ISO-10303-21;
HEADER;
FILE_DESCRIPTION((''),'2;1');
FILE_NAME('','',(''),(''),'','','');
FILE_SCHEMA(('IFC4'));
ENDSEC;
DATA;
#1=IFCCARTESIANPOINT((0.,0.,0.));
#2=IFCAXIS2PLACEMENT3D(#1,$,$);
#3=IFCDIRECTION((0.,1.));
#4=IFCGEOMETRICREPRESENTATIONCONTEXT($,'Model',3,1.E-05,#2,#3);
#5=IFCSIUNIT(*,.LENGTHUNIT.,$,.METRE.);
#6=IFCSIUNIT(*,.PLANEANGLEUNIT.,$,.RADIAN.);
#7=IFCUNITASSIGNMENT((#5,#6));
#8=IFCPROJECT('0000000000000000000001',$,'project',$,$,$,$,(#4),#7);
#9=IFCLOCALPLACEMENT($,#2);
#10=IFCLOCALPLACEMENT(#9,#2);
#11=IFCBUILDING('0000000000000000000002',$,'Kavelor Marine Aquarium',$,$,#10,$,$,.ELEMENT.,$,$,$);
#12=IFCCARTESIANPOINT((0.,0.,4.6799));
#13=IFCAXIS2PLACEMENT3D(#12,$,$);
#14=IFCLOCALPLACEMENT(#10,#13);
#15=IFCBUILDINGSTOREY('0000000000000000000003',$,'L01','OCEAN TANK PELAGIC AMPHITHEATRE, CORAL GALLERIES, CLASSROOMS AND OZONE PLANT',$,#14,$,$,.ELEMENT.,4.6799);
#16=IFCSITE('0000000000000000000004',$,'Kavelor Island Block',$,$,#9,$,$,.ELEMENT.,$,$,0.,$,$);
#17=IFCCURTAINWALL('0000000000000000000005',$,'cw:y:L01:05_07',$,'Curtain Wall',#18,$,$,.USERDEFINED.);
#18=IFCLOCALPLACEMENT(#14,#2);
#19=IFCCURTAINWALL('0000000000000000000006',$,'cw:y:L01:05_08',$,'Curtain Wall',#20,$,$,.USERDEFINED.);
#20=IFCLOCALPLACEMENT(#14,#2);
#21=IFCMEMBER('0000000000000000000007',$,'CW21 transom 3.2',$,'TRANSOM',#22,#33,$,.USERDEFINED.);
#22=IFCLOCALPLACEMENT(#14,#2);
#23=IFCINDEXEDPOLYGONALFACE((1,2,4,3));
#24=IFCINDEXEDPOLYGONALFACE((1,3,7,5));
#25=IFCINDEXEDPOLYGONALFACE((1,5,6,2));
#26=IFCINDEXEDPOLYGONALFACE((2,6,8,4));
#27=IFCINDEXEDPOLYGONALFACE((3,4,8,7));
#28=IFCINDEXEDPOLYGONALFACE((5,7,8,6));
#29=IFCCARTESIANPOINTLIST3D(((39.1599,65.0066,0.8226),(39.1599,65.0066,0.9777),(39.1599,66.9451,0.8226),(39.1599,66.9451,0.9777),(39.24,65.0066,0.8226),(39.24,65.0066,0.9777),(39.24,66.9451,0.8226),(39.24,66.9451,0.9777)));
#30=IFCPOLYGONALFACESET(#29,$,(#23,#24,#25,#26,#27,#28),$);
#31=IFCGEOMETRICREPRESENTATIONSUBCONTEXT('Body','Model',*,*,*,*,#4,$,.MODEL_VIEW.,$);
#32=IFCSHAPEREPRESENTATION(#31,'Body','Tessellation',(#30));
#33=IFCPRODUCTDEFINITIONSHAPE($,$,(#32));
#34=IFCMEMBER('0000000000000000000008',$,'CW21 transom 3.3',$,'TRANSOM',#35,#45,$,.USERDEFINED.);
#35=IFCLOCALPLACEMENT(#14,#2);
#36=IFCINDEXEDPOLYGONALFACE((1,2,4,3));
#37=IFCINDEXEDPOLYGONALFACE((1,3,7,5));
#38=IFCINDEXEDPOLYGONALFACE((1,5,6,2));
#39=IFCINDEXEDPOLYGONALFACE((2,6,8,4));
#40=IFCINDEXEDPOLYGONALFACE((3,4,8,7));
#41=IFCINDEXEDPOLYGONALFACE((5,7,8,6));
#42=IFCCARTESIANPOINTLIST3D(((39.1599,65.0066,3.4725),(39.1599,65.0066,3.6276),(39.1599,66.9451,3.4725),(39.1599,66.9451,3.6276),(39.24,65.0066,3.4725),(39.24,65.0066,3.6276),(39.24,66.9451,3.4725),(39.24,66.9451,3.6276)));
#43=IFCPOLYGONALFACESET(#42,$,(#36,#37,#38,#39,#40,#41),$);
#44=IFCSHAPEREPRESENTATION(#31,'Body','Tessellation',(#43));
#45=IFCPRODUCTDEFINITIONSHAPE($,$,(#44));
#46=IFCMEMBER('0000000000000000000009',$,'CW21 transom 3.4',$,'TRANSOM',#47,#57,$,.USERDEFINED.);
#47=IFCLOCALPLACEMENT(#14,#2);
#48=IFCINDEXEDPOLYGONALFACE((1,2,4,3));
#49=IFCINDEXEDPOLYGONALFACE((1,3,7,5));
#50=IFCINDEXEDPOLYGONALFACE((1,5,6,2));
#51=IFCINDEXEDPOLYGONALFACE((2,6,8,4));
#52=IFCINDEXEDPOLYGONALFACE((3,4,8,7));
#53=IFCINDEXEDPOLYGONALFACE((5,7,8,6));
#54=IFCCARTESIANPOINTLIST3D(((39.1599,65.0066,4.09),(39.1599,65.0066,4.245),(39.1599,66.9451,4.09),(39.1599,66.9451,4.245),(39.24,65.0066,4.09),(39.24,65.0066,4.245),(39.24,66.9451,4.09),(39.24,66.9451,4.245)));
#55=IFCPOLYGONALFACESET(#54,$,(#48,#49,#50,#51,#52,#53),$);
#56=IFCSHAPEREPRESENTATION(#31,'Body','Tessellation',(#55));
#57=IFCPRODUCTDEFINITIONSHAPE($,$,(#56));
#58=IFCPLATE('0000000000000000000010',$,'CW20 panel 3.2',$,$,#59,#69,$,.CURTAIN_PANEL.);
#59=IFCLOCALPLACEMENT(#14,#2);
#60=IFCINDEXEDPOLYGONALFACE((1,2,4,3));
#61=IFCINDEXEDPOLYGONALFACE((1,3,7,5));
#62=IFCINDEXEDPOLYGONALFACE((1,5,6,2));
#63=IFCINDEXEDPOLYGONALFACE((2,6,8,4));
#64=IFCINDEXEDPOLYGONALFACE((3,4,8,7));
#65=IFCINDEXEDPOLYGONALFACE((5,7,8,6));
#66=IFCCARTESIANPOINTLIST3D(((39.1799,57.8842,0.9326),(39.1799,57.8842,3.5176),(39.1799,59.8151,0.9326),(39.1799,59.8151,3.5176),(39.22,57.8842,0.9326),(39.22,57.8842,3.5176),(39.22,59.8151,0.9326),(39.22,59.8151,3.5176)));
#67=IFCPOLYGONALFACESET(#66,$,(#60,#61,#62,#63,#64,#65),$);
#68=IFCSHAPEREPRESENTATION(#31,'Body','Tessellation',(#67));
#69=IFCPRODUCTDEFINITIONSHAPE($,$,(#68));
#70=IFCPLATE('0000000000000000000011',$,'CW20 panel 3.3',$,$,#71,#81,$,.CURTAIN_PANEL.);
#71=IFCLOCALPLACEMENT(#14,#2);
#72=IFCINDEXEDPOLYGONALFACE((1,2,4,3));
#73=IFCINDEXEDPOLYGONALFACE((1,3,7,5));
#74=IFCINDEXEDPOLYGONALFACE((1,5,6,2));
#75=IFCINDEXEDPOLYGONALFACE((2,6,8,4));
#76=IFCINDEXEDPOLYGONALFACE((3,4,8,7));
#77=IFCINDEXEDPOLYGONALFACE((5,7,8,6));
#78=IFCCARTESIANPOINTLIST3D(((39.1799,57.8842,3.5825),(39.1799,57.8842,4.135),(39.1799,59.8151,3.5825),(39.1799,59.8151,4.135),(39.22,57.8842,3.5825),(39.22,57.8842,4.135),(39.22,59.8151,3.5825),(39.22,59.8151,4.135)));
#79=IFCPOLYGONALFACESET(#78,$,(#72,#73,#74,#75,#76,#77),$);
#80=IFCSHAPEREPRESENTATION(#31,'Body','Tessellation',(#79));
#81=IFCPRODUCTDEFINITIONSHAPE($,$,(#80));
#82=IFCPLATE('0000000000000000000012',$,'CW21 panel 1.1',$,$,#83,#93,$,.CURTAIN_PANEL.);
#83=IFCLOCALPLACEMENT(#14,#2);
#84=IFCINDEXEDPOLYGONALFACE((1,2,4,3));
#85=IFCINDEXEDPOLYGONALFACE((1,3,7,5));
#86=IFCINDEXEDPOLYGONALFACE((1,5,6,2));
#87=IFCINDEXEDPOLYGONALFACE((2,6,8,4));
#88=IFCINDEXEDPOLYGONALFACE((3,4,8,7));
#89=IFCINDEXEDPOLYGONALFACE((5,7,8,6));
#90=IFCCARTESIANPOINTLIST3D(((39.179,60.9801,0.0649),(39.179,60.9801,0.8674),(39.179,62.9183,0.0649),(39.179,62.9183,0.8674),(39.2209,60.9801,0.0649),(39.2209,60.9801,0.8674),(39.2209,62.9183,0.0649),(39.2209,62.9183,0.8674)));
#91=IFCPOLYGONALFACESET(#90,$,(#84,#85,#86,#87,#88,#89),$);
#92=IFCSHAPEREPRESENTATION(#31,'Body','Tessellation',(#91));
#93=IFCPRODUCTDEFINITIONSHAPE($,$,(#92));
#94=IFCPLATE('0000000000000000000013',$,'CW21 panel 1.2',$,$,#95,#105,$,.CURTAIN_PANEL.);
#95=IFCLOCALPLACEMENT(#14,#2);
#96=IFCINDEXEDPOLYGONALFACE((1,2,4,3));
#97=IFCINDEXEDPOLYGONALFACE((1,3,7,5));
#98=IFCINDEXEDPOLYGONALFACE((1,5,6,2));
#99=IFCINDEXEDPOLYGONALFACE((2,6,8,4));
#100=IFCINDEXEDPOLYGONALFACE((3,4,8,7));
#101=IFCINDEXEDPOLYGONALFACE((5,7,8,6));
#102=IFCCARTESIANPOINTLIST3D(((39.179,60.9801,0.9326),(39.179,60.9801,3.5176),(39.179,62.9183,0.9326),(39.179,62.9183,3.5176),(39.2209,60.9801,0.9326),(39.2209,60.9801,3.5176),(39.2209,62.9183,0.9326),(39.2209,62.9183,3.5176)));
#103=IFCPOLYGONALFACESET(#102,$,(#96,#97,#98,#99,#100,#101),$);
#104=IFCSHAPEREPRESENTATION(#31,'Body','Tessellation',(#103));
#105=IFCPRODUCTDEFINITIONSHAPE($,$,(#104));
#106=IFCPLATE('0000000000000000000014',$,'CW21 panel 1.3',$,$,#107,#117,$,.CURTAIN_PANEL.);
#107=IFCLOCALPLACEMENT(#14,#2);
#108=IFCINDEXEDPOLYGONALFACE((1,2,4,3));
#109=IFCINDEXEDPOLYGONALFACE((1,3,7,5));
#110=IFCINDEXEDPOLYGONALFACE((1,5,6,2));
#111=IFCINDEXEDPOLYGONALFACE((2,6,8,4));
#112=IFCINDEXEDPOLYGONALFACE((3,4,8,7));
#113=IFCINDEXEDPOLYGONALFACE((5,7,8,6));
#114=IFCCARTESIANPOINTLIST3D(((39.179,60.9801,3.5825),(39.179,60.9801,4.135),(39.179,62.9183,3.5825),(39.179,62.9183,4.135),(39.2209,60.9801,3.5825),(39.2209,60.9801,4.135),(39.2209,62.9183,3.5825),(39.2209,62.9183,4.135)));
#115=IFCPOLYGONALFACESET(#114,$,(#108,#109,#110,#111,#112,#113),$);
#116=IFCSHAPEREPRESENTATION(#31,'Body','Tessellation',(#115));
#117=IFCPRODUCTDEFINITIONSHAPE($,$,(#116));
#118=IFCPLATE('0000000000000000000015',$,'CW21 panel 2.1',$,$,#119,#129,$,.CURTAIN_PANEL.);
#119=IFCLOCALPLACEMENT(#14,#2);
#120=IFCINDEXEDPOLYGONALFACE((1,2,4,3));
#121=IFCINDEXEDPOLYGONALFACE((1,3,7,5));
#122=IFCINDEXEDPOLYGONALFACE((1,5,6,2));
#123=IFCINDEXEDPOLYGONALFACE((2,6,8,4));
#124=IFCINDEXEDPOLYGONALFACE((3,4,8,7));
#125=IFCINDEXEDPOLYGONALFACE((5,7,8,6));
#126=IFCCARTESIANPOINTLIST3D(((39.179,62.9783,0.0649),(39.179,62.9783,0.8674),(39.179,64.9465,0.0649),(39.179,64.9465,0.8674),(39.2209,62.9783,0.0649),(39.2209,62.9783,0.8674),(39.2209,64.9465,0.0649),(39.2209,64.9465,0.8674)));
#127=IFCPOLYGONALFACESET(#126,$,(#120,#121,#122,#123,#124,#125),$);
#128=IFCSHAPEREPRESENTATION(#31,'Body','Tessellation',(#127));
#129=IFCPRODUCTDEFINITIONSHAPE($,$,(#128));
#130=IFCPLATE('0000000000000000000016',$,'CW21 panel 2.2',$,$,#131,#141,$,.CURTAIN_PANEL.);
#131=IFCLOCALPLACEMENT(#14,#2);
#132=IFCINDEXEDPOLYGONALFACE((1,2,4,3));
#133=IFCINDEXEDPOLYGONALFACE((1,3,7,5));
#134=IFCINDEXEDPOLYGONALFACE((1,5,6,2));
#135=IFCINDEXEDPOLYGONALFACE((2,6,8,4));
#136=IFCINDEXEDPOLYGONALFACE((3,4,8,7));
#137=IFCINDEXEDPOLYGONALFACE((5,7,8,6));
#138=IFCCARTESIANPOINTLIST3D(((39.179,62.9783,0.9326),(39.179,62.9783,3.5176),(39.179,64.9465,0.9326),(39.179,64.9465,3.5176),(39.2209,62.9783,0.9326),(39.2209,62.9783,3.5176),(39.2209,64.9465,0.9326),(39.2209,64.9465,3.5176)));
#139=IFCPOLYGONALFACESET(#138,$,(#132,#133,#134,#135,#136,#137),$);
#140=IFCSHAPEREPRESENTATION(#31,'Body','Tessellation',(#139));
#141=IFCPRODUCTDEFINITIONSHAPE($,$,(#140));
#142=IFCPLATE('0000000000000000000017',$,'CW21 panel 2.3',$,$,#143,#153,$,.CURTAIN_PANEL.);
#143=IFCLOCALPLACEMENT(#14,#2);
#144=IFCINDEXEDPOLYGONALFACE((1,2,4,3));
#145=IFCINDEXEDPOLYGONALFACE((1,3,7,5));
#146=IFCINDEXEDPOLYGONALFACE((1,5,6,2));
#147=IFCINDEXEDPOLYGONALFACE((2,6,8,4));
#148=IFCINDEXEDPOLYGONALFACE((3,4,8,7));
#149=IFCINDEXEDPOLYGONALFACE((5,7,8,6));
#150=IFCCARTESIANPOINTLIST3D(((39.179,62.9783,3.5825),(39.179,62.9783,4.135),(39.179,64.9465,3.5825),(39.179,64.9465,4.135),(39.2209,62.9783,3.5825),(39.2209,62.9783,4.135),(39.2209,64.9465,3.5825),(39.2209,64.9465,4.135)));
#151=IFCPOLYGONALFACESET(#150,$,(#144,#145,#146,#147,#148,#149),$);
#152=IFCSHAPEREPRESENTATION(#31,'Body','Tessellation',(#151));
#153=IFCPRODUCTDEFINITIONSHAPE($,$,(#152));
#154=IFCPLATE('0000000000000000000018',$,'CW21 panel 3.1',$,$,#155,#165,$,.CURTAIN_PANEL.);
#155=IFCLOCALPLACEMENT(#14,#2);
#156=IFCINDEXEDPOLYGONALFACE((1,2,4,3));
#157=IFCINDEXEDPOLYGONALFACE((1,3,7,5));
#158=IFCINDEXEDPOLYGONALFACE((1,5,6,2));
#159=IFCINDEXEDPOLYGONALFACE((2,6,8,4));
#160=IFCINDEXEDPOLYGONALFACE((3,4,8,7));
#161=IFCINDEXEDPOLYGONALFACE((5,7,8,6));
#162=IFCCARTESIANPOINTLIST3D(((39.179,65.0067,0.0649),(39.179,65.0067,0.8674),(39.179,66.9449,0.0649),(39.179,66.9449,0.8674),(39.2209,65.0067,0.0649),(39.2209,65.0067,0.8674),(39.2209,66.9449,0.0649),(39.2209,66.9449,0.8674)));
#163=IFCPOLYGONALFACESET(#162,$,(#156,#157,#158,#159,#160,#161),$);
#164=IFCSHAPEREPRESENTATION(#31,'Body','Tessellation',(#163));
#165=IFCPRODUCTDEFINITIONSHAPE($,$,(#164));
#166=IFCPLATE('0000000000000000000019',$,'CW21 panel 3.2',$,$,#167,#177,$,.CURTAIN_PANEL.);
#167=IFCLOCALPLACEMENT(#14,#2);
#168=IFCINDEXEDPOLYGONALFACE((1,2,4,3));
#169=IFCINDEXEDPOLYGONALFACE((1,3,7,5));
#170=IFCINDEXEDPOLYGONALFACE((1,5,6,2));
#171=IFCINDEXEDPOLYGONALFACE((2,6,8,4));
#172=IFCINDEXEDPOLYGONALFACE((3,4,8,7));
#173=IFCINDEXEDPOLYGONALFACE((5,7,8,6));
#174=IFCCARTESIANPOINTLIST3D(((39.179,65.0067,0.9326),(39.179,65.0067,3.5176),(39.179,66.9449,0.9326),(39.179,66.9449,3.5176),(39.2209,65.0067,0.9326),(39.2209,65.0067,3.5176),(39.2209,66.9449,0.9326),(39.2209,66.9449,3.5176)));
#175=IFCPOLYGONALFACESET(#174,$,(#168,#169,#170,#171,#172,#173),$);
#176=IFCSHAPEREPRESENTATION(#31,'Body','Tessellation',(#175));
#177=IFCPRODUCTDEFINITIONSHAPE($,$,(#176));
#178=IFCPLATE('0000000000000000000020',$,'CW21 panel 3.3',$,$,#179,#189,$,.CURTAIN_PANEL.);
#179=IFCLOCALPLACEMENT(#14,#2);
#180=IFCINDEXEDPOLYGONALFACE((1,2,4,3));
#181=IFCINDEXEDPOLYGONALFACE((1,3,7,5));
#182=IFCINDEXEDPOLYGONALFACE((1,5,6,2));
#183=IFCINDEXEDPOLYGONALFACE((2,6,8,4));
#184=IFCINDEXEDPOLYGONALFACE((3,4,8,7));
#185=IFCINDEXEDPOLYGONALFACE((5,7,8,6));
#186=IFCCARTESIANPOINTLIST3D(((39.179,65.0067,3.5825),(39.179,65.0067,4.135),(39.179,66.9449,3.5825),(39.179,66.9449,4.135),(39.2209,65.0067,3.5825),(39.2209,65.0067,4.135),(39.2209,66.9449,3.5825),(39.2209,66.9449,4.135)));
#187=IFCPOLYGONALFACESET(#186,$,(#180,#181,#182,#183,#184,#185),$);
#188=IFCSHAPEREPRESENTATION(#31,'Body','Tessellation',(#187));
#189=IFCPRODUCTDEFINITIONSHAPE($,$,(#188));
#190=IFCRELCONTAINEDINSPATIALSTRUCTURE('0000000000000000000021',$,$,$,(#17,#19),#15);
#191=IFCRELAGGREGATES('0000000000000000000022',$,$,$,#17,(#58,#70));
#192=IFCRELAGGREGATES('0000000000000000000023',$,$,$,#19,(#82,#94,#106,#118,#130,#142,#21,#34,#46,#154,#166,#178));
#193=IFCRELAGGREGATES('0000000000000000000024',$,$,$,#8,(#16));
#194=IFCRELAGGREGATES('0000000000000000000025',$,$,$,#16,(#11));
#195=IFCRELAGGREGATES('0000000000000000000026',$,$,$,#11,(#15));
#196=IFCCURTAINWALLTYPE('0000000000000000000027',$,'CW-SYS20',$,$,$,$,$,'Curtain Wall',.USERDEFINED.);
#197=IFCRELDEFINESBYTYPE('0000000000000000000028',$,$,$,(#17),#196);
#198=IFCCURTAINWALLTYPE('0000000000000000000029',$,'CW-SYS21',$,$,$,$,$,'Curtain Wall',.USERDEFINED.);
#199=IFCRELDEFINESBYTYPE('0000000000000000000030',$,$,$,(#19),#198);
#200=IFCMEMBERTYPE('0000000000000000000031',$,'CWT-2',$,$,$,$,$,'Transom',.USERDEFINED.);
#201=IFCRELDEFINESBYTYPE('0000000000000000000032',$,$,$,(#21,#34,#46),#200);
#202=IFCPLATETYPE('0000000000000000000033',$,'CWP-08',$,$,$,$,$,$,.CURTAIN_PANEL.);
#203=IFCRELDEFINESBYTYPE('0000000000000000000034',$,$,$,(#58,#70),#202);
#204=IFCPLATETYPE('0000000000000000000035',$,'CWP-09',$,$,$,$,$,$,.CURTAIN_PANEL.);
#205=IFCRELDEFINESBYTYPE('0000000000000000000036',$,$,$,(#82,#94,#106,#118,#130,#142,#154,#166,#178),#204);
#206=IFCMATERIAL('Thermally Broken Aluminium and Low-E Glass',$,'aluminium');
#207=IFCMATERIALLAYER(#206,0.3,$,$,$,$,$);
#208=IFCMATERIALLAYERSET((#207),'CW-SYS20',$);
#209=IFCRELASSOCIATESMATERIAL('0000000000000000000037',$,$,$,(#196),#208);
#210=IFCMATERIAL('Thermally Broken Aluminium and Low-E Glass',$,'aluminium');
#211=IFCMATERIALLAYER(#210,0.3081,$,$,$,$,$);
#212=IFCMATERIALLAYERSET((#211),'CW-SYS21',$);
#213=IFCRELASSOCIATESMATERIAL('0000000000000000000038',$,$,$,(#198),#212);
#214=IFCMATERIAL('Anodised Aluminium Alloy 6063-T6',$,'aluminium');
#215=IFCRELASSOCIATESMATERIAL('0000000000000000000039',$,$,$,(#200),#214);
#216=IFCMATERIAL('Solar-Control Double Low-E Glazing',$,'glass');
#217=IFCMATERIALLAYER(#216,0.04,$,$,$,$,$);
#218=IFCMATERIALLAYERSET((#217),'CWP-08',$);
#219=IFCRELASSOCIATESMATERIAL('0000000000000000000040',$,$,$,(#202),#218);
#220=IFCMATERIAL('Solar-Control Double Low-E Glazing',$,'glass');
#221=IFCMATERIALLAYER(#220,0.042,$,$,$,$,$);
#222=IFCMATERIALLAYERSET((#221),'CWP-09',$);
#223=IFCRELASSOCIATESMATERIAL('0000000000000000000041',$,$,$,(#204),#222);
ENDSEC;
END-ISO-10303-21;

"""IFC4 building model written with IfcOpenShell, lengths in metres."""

from ifc_helpers import new_model, si_unit, direction, frame, origin, origin_2d, place, context, subcontext, project, spatial, rectangle, extrude, material, layer, layer_set, material_profile, profile_set, type_object, element, aggregate, save


model = new_model("IFC4")

# Units and contexts
model_context = context("Model", 3, precision=1e-05, world=origin(), true_north=direction((0.0, 1.0)))
body_context = subcontext(model_context, "Body", "Model", "MODEL_VIEW")
ifc_project = project(units=[si_unit("LENGTHUNIT", "METRE"), si_unit("PLANEANGLEUNIT", "RADIAN")], contexts=[model_context])

# Site, building, storey
site_placement = place(None, origin())
site = spatial("IfcSite", under=ifc_project, at=site_placement, Name="Kavelor Island Block", CompositionType="ELEMENT", RefElevation=0.0)
building_placement = place(site_placement, origin())
building = spatial("IfcBuilding", under=site, at=building_placement, Name="Kavelor Marine Aquarium", CompositionType="ELEMENT")
storey_placement = place(building_placement, frame((0.0, 0.0, 4.6799)))
storey = spatial("IfcBuildingStorey", under=building, at=storey_placement, Name="L01", Description="OCEAN TANK PELAGIC AMPHITHEATRE, CORAL GALLERIES, CLASSROOMS AND OZONE PLANT", CompositionType="ELEMENT", Elevation=4.6799)

# Curtain wall
ifc_material_1 = material(Name="Thermally Broken Aluminium and Low-E Glass", Category="aluminium")
ifc_layer_1 = layer(ifc_material_1, 0.3)
ifc_layer_set_1 = layer_set([ifc_layer_1], Name="CW-SYS20")
curtain_wall_type_1 = type_object("IfcCurtainWallType", Name="CW-SYS20", ElementType="Curtain Wall", PredefinedType="USERDEFINED", material=ifc_layer_set_1)
curtain_wall_1_placement = place(storey_placement, origin())
curtain_wall_1 = element("IfcCurtainWall", 1, at=curtain_wall_1_placement, inside=storey, type_object=curtain_wall_type_1, Name="cw:y:L01:05_07", ObjectType="Curtain Wall", PredefinedType="USERDEFINED")

# Curtain wall, members
ifc_material_2 = material(Name="Thermally Broken Aluminium and Low-E Glass", Category="aluminium")
ifc_layer_2 = layer(ifc_material_2, 0.3081)
ifc_layer_set_2 = layer_set([ifc_layer_2], Name="CW-SYS21")
curtain_wall_type_2 = type_object("IfcCurtainWallType", Name="CW-SYS21", ElementType="Curtain Wall", PredefinedType="USERDEFINED", material=ifc_layer_set_2)
curtain_wall_2_placement = place(storey_placement, origin())
curtain_wall_2 = element("IfcCurtainWall", 2, at=curtain_wall_2_placement, inside=storey, type_object=curtain_wall_type_2, Name="cw:y:L01:05_08", ObjectType="Curtain Wall", PredefinedType="USERDEFINED")
ifc_material_3 = material(Name="Anodised Aluminium Alloy 6063-T6", Category="aluminium")
ifc_material_profile_1 = material_profile(ifc_material_3, rectangle(XDim=0.0801, YDim=0.155, at=origin_2d()), Name="CW-TRN 80x155")
ifc_profile_set_1 = profile_set([ifc_material_profile_1], Name="Anodised Aluminium Alloy 6063-T6")
member_type_1 = type_object("IfcMemberType", Name="CWT-2", ElementType="Transom", PredefinedType="USERDEFINED", material=ifc_profile_set_1)
member_1_placement = place(storey_placement, frame((39.2, 65.0066, 0.9001), z_axis=(0.0, 1.0, 0.0), x_axis=(-1.0, 0.0, 0.0)))
member_1 = element("IfcMember", 3, at=member_1_placement, type_object=member_type_1, Name="CW21 transom 3.2", ObjectType="TRANSOM", PredefinedType="USERDEFINED", context=body_context, shape_type="SweptSolid", body=[
    extrude(rectangle(XDim=0.0801, YDim=0.155, at=origin_2d()), origin(), (0.0, 0.0, 1.0), 1.9385),
])
member_2_placement = place(storey_placement, frame((39.2, 65.0066, 3.55), z_axis=(0.0, 1.0, 0.0), x_axis=(-1.0, 0.0, 0.0)))
member_2 = element("IfcMember", 4, at=member_2_placement, type_object=member_type_1, Name="CW21 transom 3.3", ObjectType="TRANSOM", PredefinedType="USERDEFINED", context=body_context, shape_type="SweptSolid", body=[
    extrude(rectangle(XDim=0.0801, YDim=0.155, at=origin_2d()), origin(), (0.0, 0.0, 1.0), 1.9385),
])
member_3_placement = place(storey_placement, frame((39.2, 65.0066, 4.1675), z_axis=(0.0, 1.0, 0.0), x_axis=(-1.0, 0.0, 0.0)))
member_3 = element("IfcMember", 5, at=member_3_placement, type_object=member_type_1, Name="CW21 transom 3.4", ObjectType="TRANSOM", PredefinedType="USERDEFINED", context=body_context, shape_type="SweptSolid", body=[
    extrude(rectangle(XDim=0.0801, YDim=0.155, at=origin_2d()), origin(), (0.0, 0.0, 1.0), 1.9385),
])

# Plates
ifc_material_4 = material(Name="Solar-Control Double Low-E Glazing", Category="glass")
ifc_layer_3 = layer(ifc_material_4, 0.04)
ifc_layer_set_3 = layer_set([ifc_layer_3], Name="CWP-08")
plate_type_1 = type_object("IfcPlateType", Name="CWP-08", PredefinedType="CURTAIN_PANEL", material=ifc_layer_set_3)
plate_1_placement = place(storey_placement, frame((39.2, 58.8496, 0.9326), z_axis=(0.0, 0.0, 1.0), x_axis=(0.0, 1.0, 0.0)))
plate_1 = element("IfcPlate", 6, at=plate_1_placement, type_object=plate_type_1, Name="CW20 panel 3.2", PredefinedType="CURTAIN_PANEL", context=body_context, shape_type="SweptSolid", body=[
    extrude(rectangle(XDim=1.9309, YDim=0.04, at=origin_2d()), origin(), (0.0, 0.0, 1.0), 2.585),
])
plate_2_placement = place(storey_placement, frame((39.2, 58.8496, 3.5825), z_axis=(0.0, 0.0, 1.0), x_axis=(0.0, 1.0, 0.0)))
plate_2 = element("IfcPlate", 7, at=plate_2_placement, type_object=plate_type_1, Name="CW20 panel 3.3", PredefinedType="CURTAIN_PANEL", context=body_context, shape_type="SweptSolid", body=[
    extrude(rectangle(XDim=1.9309, YDim=0.04, at=origin_2d()), origin(), (0.0, 0.0, 1.0), 0.5525),
])
aggregate(curtain_wall_1, [plate_1, plate_2])
ifc_material_5 = material(Name="Solar-Control Double Low-E Glazing", Category="glass")
ifc_layer_4 = layer(ifc_material_5, 0.042)
ifc_layer_set_4 = layer_set([ifc_layer_4], Name="CWP-09")
plate_type_2 = type_object("IfcPlateType", Name="CWP-09", PredefinedType="CURTAIN_PANEL", material=ifc_layer_set_4)
plate_3_placement = place(storey_placement, frame((39.2, 61.9492, 0.0649), z_axis=(0.0, 0.0, 1.0), x_axis=(0.0, 1.0, 0.0)))
plate_3 = element("IfcPlate", 8, at=plate_3_placement, type_object=plate_type_2, Name="CW21 panel 1.1", PredefinedType="CURTAIN_PANEL", context=body_context, shape_type="SweptSolid", body=[
    extrude(rectangle(XDim=1.9382, YDim=0.042, at=origin_2d()), origin(), (0.0, 0.0, 1.0), 0.8025),
])
plate_4_placement = place(storey_placement, frame((39.2, 61.9492, 0.9326), z_axis=(0.0, 0.0, 1.0), x_axis=(0.0, 1.0, 0.0)))
plate_4 = element("IfcPlate", 9, at=plate_4_placement, type_object=plate_type_2, Name="CW21 panel 1.2", PredefinedType="CURTAIN_PANEL", context=body_context, shape_type="SweptSolid", body=[
    extrude(rectangle(XDim=1.9382, YDim=0.042, at=origin_2d()), origin(), (0.0, 0.0, 1.0), 2.585),
])
plate_5_placement = place(storey_placement, frame((39.2, 61.9492, 3.5825), z_axis=(0.0, 0.0, 1.0), x_axis=(0.0, 1.0, 0.0)))
plate_5 = element("IfcPlate", 10, at=plate_5_placement, type_object=plate_type_2, Name="CW21 panel 1.3", PredefinedType="CURTAIN_PANEL", context=body_context, shape_type="SweptSolid", body=[
    extrude(rectangle(XDim=1.9382, YDim=0.042, at=origin_2d()), origin(), (0.0, 0.0, 1.0), 0.5525),
])
plate_6_placement = place(storey_placement, frame((39.2, 63.9624, 0.0649), z_axis=(0.0, 0.0, 1.0), x_axis=(0.0, 1.0, 0.0)))
plate_6 = element("IfcPlate", 11, at=plate_6_placement, type_object=plate_type_2, Name="CW21 panel 2.1", PredefinedType="CURTAIN_PANEL", context=body_context, shape_type="SweptSolid", body=[
    extrude(rectangle(XDim=1.9683, YDim=0.042, at=origin_2d()), origin(), (0.0, 0.0, 1.0), 0.8025),
])
plate_7_placement = place(storey_placement, frame((39.2, 63.9624, 0.9326), z_axis=(0.0, 0.0, 1.0), x_axis=(0.0, 1.0, 0.0)))
plate_7 = element("IfcPlate", 12, at=plate_7_placement, type_object=plate_type_2, Name="CW21 panel 2.2", PredefinedType="CURTAIN_PANEL", context=body_context, shape_type="SweptSolid", body=[
    extrude(rectangle(XDim=1.9683, YDim=0.042, at=origin_2d()), origin(), (0.0, 0.0, 1.0), 2.585),
])
plate_8_placement = place(storey_placement, frame((39.2, 63.9624, 3.5825), z_axis=(0.0, 0.0, 1.0), x_axis=(0.0, 1.0, 0.0)))
plate_8 = element("IfcPlate", 13, at=plate_8_placement, type_object=plate_type_2, Name="CW21 panel 2.3", PredefinedType="CURTAIN_PANEL", context=body_context, shape_type="SweptSolid", body=[
    extrude(rectangle(XDim=1.9683, YDim=0.042, at=origin_2d()), origin(), (0.0, 0.0, 1.0), 0.5525),
])
plate_9_placement = place(storey_placement, frame((39.2, 65.9758, 0.0649), z_axis=(0.0, 0.0, 1.0), x_axis=(0.0, 1.0, 0.0)))
plate_9 = element("IfcPlate", 14, at=plate_9_placement, type_object=plate_type_2, Name="CW21 panel 3.1", PredefinedType="CURTAIN_PANEL", context=body_context, shape_type="SweptSolid", body=[
    extrude(rectangle(XDim=1.9382, YDim=0.042, at=origin_2d()), origin(), (0.0, 0.0, 1.0), 0.8025),
])
plate_10_placement = place(storey_placement, frame((39.2, 65.9758, 0.9326), z_axis=(0.0, 0.0, 1.0), x_axis=(0.0, 1.0, 0.0)))
plate_10 = element("IfcPlate", 15, at=plate_10_placement, type_object=plate_type_2, Name="CW21 panel 3.2", PredefinedType="CURTAIN_PANEL", context=body_context, shape_type="SweptSolid", body=[
    extrude(rectangle(XDim=1.9382, YDim=0.042, at=origin_2d()), origin(), (0.0, 0.0, 1.0), 2.585),
])
plate_11_placement = place(storey_placement, frame((39.2, 65.9758, 3.5825), z_axis=(0.0, 0.0, 1.0), x_axis=(0.0, 1.0, 0.0)))
plate_11 = element("IfcPlate", 16, at=plate_11_placement, type_object=plate_type_2, Name="CW21 panel 3.3", PredefinedType="CURTAIN_PANEL", context=body_context, shape_type="SweptSolid", body=[
    extrude(rectangle(XDim=1.9382, YDim=0.042, at=origin_2d()), origin(), (0.0, 0.0, 1.0), 0.5525),
])
aggregate(curtain_wall_2, [plate_3, plate_4, plate_5, plate_6, plate_7, plate_8, member_1, member_2, member_3, plate_9, plate_10, plate_11])

save(model, "model.ifc")
